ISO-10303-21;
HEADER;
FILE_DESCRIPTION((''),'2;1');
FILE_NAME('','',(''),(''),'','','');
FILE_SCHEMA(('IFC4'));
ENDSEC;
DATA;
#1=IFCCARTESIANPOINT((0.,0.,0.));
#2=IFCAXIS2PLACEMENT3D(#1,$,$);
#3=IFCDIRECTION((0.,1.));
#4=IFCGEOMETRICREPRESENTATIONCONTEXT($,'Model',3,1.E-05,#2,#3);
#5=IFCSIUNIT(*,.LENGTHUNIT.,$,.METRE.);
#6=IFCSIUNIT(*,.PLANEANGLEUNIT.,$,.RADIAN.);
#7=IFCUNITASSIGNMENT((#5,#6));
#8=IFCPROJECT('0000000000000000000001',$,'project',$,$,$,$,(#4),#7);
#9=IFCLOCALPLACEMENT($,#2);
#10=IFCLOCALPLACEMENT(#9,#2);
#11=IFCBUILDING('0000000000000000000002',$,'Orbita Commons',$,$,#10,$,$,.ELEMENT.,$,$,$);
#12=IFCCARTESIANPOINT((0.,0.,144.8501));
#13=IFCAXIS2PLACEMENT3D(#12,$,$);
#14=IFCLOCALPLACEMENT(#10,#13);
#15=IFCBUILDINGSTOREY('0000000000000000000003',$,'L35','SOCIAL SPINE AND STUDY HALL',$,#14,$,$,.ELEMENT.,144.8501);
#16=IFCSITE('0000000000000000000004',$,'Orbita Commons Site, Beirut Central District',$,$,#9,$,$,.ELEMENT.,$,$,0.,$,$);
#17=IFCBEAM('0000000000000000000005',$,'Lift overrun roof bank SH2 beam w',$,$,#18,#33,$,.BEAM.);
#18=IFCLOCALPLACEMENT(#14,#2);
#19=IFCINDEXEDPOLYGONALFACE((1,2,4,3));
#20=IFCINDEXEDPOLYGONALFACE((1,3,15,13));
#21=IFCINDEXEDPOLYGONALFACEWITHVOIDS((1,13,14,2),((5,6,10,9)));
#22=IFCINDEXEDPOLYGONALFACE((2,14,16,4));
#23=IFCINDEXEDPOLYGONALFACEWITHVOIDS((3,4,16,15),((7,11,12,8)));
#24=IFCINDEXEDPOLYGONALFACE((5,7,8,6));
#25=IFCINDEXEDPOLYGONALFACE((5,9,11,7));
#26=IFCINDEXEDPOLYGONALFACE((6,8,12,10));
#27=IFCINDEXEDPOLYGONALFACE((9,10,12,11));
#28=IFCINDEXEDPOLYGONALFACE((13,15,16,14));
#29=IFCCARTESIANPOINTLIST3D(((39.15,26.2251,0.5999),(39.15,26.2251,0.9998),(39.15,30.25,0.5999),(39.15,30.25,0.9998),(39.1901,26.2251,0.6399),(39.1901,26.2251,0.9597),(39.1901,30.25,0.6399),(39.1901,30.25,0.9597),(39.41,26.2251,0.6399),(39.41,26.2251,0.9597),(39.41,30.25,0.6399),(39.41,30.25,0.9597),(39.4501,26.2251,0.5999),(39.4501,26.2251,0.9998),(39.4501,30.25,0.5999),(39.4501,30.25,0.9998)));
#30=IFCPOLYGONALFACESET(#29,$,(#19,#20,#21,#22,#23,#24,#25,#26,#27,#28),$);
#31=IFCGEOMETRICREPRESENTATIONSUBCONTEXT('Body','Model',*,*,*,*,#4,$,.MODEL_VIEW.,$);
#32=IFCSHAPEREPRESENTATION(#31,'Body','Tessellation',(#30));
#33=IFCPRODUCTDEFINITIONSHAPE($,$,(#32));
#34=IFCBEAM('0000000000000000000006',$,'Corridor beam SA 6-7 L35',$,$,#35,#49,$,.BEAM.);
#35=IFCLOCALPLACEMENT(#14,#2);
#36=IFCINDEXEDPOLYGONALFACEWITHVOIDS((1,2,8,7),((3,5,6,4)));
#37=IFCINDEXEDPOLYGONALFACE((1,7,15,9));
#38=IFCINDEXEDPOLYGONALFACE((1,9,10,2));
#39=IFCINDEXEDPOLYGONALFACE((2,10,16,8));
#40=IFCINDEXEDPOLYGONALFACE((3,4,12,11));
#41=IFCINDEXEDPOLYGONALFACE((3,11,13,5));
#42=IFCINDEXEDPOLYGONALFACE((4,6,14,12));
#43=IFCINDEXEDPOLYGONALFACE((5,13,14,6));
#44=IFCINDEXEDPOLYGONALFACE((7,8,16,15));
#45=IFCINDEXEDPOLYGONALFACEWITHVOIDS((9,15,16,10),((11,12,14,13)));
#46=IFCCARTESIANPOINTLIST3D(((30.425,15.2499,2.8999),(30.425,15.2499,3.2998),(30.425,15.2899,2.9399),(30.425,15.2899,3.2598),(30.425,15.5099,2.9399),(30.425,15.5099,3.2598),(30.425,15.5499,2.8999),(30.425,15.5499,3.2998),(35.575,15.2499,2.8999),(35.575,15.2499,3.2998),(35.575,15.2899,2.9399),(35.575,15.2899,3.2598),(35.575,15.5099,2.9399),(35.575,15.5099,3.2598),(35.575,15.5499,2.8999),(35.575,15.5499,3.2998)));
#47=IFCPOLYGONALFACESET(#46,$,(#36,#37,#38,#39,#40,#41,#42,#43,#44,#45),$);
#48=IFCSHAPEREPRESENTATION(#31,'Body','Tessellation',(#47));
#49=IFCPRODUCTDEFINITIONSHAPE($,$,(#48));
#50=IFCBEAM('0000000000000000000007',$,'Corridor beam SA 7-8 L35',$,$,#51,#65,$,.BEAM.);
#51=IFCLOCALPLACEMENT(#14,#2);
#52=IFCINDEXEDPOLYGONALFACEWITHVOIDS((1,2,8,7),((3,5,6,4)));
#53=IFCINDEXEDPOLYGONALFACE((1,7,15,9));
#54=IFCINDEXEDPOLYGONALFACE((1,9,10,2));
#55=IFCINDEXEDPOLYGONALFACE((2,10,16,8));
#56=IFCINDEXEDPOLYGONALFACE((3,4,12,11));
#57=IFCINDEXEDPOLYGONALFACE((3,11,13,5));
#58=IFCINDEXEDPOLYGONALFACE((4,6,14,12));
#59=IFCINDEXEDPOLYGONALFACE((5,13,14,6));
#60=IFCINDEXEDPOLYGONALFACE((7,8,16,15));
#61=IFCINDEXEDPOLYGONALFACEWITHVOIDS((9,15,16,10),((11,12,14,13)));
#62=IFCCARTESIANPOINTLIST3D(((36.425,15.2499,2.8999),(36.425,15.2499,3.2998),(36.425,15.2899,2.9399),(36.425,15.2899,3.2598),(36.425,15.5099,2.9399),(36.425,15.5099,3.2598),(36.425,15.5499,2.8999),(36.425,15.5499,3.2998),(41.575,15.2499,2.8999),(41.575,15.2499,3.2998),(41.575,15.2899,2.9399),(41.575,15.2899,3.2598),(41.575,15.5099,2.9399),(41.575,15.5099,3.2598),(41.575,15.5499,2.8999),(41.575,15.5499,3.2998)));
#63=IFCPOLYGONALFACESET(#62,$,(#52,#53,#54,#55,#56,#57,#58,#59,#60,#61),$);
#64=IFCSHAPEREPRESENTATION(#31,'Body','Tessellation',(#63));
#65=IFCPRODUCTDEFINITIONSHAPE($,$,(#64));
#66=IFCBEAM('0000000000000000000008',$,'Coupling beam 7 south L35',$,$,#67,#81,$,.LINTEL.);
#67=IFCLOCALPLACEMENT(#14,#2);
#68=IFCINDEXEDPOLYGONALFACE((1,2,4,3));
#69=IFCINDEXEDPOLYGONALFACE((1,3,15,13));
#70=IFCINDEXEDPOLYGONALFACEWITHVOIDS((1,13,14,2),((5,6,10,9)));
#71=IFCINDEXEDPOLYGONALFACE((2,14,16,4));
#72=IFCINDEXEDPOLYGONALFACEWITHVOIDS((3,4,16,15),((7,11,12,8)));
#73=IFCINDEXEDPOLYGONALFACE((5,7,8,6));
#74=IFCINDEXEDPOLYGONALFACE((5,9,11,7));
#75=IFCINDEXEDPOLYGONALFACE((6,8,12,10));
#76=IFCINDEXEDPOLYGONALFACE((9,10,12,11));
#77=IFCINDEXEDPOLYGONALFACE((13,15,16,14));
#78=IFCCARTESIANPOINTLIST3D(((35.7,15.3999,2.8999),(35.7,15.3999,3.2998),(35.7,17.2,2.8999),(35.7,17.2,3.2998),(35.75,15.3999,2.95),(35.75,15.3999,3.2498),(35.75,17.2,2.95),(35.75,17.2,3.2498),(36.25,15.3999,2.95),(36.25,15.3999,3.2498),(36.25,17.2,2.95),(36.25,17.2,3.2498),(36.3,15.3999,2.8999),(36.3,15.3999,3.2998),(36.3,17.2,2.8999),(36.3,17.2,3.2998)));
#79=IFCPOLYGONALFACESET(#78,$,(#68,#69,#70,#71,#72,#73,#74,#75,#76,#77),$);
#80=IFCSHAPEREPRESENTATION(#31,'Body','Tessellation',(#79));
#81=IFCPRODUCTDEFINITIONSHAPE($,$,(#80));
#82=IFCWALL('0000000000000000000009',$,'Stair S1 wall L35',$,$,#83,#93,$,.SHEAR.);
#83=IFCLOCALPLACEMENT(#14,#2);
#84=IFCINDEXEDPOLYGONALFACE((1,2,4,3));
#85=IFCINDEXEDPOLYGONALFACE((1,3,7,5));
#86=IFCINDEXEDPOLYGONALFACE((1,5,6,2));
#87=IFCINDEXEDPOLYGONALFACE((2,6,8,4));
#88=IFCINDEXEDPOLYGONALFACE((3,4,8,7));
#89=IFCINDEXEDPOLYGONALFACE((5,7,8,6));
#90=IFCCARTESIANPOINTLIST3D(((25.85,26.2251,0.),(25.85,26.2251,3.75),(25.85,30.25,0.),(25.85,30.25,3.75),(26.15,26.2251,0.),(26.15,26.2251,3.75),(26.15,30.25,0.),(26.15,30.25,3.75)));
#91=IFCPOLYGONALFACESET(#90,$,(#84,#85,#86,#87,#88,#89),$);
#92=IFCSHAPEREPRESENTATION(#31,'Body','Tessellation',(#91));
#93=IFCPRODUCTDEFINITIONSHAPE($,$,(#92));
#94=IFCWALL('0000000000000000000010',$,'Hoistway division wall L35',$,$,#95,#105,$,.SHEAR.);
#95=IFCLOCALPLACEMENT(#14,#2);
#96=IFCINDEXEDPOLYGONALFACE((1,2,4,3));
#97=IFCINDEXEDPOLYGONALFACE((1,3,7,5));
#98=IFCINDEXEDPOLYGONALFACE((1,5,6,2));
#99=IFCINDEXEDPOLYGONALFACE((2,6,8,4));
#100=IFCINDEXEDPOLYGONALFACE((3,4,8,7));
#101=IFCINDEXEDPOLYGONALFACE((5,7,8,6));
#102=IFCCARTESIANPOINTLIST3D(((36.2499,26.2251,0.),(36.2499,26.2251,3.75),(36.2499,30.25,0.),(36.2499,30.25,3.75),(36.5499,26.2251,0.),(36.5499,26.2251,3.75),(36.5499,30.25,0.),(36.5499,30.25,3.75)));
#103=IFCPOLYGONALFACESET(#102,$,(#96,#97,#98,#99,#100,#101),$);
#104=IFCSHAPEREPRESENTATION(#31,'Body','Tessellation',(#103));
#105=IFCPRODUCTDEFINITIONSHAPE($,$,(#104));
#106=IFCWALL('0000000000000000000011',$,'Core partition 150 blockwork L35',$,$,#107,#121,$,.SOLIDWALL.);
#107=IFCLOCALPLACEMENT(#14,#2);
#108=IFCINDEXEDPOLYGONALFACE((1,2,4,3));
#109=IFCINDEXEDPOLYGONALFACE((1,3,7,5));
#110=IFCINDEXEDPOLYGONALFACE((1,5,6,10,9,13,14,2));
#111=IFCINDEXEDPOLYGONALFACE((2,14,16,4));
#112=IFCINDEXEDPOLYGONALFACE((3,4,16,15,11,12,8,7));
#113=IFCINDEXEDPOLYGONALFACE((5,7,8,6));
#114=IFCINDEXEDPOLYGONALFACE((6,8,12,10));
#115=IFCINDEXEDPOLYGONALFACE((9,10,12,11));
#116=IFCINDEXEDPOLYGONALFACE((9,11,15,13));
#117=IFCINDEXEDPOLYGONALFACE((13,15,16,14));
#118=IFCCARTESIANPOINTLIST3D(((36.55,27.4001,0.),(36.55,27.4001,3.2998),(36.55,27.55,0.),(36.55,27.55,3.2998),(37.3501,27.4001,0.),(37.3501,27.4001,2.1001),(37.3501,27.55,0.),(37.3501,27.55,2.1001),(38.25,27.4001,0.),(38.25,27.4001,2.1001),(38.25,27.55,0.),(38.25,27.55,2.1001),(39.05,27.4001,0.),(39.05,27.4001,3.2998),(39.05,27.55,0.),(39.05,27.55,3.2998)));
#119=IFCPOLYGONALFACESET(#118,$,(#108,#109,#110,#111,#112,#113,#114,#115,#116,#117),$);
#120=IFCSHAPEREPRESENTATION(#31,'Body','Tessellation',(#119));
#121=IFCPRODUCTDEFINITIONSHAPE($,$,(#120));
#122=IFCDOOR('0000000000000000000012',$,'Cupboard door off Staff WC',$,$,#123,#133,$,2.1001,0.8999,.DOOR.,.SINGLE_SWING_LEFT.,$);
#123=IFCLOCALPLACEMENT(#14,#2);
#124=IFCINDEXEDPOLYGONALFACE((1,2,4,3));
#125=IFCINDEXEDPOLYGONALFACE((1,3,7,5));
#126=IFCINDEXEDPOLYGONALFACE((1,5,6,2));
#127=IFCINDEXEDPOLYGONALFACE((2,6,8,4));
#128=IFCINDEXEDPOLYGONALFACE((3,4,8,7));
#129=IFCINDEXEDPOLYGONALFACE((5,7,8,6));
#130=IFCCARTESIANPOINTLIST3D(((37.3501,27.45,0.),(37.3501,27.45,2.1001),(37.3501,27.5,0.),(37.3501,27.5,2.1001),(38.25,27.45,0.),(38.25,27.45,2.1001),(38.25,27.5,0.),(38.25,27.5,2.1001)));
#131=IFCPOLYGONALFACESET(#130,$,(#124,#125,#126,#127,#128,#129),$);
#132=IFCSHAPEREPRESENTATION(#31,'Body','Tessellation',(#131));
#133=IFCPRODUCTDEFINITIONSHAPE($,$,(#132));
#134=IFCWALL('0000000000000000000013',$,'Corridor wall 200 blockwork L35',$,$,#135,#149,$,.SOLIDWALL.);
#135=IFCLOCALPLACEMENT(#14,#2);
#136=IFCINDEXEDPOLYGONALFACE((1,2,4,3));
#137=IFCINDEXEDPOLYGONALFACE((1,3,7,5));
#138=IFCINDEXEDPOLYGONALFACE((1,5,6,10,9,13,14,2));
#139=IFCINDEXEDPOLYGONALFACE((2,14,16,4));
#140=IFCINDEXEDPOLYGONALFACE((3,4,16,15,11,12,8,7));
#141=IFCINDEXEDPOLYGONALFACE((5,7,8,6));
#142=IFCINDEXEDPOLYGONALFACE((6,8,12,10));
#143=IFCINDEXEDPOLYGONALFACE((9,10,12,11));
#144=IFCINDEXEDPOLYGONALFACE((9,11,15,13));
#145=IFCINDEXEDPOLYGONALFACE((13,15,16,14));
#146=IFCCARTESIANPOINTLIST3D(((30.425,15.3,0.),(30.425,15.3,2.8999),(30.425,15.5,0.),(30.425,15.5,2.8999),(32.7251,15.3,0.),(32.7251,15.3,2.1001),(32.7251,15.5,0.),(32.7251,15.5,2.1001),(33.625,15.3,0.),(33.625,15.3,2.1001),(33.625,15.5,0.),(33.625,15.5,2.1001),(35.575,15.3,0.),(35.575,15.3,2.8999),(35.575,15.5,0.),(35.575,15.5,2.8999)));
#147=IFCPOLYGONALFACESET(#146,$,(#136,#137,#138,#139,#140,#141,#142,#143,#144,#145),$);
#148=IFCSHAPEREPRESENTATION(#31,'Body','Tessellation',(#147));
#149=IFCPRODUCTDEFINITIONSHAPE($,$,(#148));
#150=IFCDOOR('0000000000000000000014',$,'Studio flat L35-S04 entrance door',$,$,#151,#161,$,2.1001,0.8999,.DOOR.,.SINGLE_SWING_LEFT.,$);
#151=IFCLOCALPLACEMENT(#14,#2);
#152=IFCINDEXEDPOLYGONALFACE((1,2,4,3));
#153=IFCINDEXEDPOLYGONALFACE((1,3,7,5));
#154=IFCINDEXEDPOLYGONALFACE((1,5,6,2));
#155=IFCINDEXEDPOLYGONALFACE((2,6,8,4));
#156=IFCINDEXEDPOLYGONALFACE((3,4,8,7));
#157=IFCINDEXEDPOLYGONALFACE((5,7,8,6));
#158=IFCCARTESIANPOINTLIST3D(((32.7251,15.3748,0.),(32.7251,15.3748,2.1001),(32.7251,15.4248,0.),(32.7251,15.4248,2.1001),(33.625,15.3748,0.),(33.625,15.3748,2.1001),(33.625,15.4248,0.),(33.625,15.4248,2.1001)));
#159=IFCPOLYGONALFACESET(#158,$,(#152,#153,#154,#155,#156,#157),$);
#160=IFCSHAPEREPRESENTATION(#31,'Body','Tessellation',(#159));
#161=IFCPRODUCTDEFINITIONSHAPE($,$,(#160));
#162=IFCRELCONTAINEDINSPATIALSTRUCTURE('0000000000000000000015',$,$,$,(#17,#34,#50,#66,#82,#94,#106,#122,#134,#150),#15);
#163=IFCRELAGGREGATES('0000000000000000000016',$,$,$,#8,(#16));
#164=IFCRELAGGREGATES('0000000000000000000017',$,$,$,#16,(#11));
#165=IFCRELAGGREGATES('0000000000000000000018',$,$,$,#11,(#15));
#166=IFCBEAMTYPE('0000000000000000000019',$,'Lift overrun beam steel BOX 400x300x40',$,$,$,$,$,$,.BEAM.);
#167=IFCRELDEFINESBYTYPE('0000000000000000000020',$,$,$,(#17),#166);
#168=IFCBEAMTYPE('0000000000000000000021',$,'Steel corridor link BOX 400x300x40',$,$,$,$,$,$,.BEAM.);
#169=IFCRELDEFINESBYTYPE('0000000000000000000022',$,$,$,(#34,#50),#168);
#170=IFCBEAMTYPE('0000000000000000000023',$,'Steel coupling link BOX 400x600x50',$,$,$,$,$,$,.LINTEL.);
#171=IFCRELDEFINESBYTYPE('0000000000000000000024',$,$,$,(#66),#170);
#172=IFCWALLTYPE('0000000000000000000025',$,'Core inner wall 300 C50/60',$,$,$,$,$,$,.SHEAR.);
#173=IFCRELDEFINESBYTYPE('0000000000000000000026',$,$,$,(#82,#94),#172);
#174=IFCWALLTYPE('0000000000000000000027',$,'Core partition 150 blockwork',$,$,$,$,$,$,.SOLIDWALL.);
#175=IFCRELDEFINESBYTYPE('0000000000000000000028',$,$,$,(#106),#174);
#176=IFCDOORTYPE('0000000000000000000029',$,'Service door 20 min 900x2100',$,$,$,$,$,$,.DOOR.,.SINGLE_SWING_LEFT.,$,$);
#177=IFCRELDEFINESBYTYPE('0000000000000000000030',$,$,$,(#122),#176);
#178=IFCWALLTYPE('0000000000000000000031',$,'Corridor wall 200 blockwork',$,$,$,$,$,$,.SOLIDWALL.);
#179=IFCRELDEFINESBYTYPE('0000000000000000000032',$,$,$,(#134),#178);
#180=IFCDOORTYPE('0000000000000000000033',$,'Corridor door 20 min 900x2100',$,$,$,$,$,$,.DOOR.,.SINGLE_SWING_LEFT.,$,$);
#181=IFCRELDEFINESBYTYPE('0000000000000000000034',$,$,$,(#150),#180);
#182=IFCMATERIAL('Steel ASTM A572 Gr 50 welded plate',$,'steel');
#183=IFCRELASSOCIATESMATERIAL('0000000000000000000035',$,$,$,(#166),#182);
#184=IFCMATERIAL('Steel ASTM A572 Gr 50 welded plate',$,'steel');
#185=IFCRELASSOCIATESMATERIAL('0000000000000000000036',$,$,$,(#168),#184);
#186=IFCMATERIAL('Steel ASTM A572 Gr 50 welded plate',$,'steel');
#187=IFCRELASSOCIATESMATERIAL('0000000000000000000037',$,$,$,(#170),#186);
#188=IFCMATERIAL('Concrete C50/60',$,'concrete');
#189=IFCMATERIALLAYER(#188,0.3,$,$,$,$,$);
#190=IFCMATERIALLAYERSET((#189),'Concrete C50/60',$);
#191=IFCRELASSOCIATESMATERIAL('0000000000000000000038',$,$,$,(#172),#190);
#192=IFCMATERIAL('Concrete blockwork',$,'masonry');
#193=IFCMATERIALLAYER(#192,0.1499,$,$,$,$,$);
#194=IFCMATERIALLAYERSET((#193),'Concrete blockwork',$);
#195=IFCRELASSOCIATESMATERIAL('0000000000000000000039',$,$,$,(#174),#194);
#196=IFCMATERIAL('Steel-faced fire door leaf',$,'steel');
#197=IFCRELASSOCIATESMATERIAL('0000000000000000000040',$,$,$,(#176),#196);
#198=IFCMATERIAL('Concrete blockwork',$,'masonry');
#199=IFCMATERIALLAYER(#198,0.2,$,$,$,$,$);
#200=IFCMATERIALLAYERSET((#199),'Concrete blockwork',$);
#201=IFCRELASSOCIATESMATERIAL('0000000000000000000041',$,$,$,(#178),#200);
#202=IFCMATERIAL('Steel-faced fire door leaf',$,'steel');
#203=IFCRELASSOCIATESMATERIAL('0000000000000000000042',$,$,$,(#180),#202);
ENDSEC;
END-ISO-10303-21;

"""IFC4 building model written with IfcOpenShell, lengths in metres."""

from ifc_helpers import new_model, si_unit, direction, frame, frame_2d, origin, origin_2d, place, context, subcontext, project, spatial, polyline, rectangle, hollow_rectangle, outline, extrude, material, layer, layer_set, material_profile, profile_set, type_object, element, fill, save


model = new_model("IFC4")

# Units and contexts
model_context = context("Model", 3, precision=1e-05, world=origin(), true_north=direction((0.0, 1.0)))
body_context = subcontext(model_context, "Body", "Model", "MODEL_VIEW")
ifc_project = project(units=[si_unit("LENGTHUNIT", "METRE"), si_unit("PLANEANGLEUNIT", "RADIAN")], contexts=[model_context])

# Site, building, storey
site_placement = place(None, origin())
site = spatial("IfcSite", under=ifc_project, at=site_placement, Name="Orbita Commons Site, Beirut Central District", CompositionType="ELEMENT", RefElevation=0.0)
building_placement = place(site_placement, origin())
building = spatial("IfcBuilding", under=site, at=building_placement, Name="Orbita Commons", CompositionType="ELEMENT")
storey_placement = place(building_placement, frame((0.0, 0.0, 144.8501)))
storey = spatial("IfcBuildingStorey", under=building, at=storey_placement, Name="L35", Description="SOCIAL SPINE AND STUDY HALL", CompositionType="ELEMENT", Elevation=144.8501)

# Beams
ifc_material_1 = material(Name="Steel ASTM A572 Gr 50 welded plate", Category="steel")
ifc_material_profile_1 = material_profile(ifc_material_1, hollow_rectangle(XDim=0.3, YDim=0.3999, WallThickness=0.04, at=origin_2d()), Name="BOX 400x300x40")
ifc_profile_set_1 = profile_set([ifc_material_profile_1], Name="Steel ASTM A572 Gr 50 welded plate")
beam_type_1 = type_object("IfcBeamType", Name="Lift overrun beam steel BOX 400x300x40", PredefinedType="BEAM", material=ifc_profile_set_1)
beam_1_placement = place(storey_placement, frame((39.3, 26.2251, 0.7998), z_axis=(0.0, 1.0, 0.0), x_axis=(-1.0, 0.0, 0.0)))
element("IfcBeam", 1, at=beam_1_placement, inside=storey, type_object=beam_type_1, Name="Lift overrun roof bank SH2 beam w", PredefinedType="BEAM", context=body_context, shape_type="SweptSolid", body=[
    extrude(hollow_rectangle(XDim=0.3, YDim=0.3999, WallThickness=0.04, at=origin_2d()), origin(), (0.0, 0.0, 1.0), 4.0249),
])
ifc_material_2 = material(Name="Steel ASTM A572 Gr 50 welded plate", Category="steel")
ifc_material_profile_2 = material_profile(ifc_material_2, hollow_rectangle(XDim=0.3, YDim=0.3999, WallThickness=0.04, at=origin_2d()), Name="BOX 400x300x40")
ifc_profile_set_2 = profile_set([ifc_material_profile_2], Name="Steel ASTM A572 Gr 50 welded plate")
beam_type_2 = type_object("IfcBeamType", Name="Steel corridor link BOX 400x300x40", PredefinedType="BEAM", material=ifc_profile_set_2)
for number, where, z_axis, x_axis, name in (
    (2, (30.425, 15.3999, 3.0999), (1.0, 0.0, 0.0), (0.0, 1.0, 0.0), "Corridor beam SA 6-7 L35"),
    (3, (36.425, 15.3999, 3.0999), (1.0, 0.0, 0.0), (0.0, 1.0, 0.0), "Corridor beam SA 7-8 L35"),
):
    element("IfcBeam", number, at=place(storey_placement, frame(where, z_axis=z_axis, x_axis=x_axis)), inside=storey, type_object=beam_type_2, Name=name, PredefinedType="BEAM", context=body_context, shape_type="SweptSolid", body=[
        extrude(hollow_rectangle(XDim=0.3, YDim=0.3999, WallThickness=0.04, at=origin_2d()), origin(), (0.0, 0.0, 1.0), 5.1499),
    ])
ifc_material_3 = material(Name="Steel ASTM A572 Gr 50 welded plate", Category="steel")
ifc_material_profile_3 = material_profile(ifc_material_3, hollow_rectangle(XDim=0.6001, YDim=0.3999, WallThickness=0.05, at=origin_2d()), Name="BOX 400x600x50")
ifc_profile_set_3 = profile_set([ifc_material_profile_3], Name="Steel ASTM A572 Gr 50 welded plate")
beam_type_3 = type_object("IfcBeamType", Name="Steel coupling link BOX 400x600x50", PredefinedType="LINTEL", material=ifc_profile_set_3)
beam_2_placement = place(storey_placement, frame((36.0, 15.3999, 3.0999), z_axis=(0.0, 1.0, 0.0), x_axis=(-1.0, 0.0, 0.0)))
element("IfcBeam", 4, at=beam_2_placement, inside=storey, type_object=beam_type_3, Name="Coupling beam 7 south L35", PredefinedType="LINTEL", context=body_context, shape_type="SweptSolid", body=[
    extrude(hollow_rectangle(XDim=0.6001, YDim=0.3999, WallThickness=0.05, at=origin_2d()), origin(), (0.0, 0.0, 1.0), 1.8),
])

# Walls
ifc_material_4 = material(Name="Concrete C50/60", Category="concrete")
ifc_layer_1 = layer(ifc_material_4, 0.3)
ifc_layer_set_1 = layer_set([ifc_layer_1], Name="Concrete C50/60")
wall_type_1 = type_object("IfcWallType", Name="Core inner wall 300 C50/60", PredefinedType="SHEAR", material=ifc_layer_set_1)
for number, where, z_axis, x_axis, name in (
    (5, (26.0, 26.2251, 0.0), (0.0, 0.0, 1.0), (0.0, 1.0, 0.0), "Stair S1 wall L35"),
    (6, (36.3999, 26.2251, 0.0), (0.0, 0.0, 1.0), (0.0, 1.0, 0.0), "Hoistway division wall L35"),
):
    element("IfcWall", number, at=place(storey_placement, frame(where, z_axis=z_axis, x_axis=x_axis)), inside=storey, type_object=wall_type_1, Name=name, PredefinedType="SHEAR", context=body_context, shape_type="SweptSolid", body=[
        extrude(rectangle(XDim=4.0249, YDim=0.3, at=frame_2d((2.0125, 0.0))), origin(), (0.0, 0.0, 1.0), 3.75),
    ])

# Walls, openings, doors
ifc_material_5 = material(Name="Concrete blockwork", Category="masonry")
ifc_layer_2 = layer(ifc_material_5, 0.1499)
ifc_layer_set_2 = layer_set([ifc_layer_2], Name="Concrete blockwork")
wall_type_2 = type_object("IfcWallType", Name="Core partition 150 blockwork", PredefinedType="SOLIDWALL", material=ifc_layer_set_2)
wall_1_placement = place(storey_placement, frame((36.55, 27.4751, 0.0), z_axis=(0.0, 0.0, 1.0), x_axis=(1.0, 0.0, 0.0)))
wall_1 = element("IfcWall", 7, at=wall_1_placement, inside=storey, type_object=wall_type_2, Name="Core partition 150 blockwork L35", PredefinedType="SOLIDWALL", context=body_context, shape_type="SweptSolid", body=[
    extrude(rectangle(XDim=2.5, YDim=0.1499, at=frame_2d((1.25, 0.0))), origin(), (0.0, 0.0, 1.0), 3.2998),
])
opening_1_placement = place(wall_1_placement, frame((0.8, 0.0, 0.0)))
opening_1 = element("IfcOpeningElement", 8, at=opening_1_placement, cuts=wall_1, PredefinedType="OPENING", context=body_context, shape_type="SweptSolid", body=[
    extrude(rectangle(XDim=0.8999, YDim=2.1001, at=frame_2d((0.45, 1.05))), frame((0.0, 0.085, 0.0), z_axis=(0.0, -1.0, 0.0), x_axis=(1.0, 0.0, 0.0)), (0.0, 0.0, 1.0), 0.1699),
])
ifc_material_6 = material(Name="Steel-faced fire door leaf", Category="steel")
door_type_1 = type_object("IfcDoorType", Name="Service door 20 min 900x2100", OperationType="SINGLE_SWING_LEFT", PredefinedType="DOOR", material=ifc_material_6)
door_1_placement = place(opening_1_placement, origin())
door_1 = element("IfcDoor", 9, at=door_1_placement, inside=storey, type_object=door_type_1, Name="Cupboard door off Staff WC", OperationType="SINGLE_SWING_LEFT", OverallHeight=2.1001, OverallWidth=0.8999, PredefinedType="DOOR", context=body_context, shape_type="SweptSolid", body=[
    extrude(rectangle(XDim=0.8999, YDim=2.1001, at=frame_2d((0.45, 1.05))), frame((0.0, 0.0249, 0.0), z_axis=(0.0, -1.0, 0.0), x_axis=(1.0, 0.0, 0.0)), (0.0, 0.0, 1.0), 0.05),
])
fill(opening_1, door_1)
ifc_material_7 = material(Name="Concrete blockwork", Category="masonry")
ifc_layer_3 = layer(ifc_material_7, 0.2)
ifc_layer_set_3 = layer_set([ifc_layer_3], Name="Concrete blockwork")
wall_type_3 = type_object("IfcWallType", Name="Corridor wall 200 blockwork", PredefinedType="SOLIDWALL", material=ifc_layer_set_3)
wall_2_placement = place(storey_placement, frame((30.425, 15.3999, 0.0), z_axis=(0.0, 0.0, 1.0), x_axis=(1.0, 0.0, 0.0)))
wall_2 = element("IfcWall", 10, at=wall_2_placement, inside=storey, type_object=wall_type_3, Name="Corridor wall 200 blockwork L35", PredefinedType="SOLIDWALL", context=body_context, shape_type="SweptSolid", body=[
    extrude(outline(polyline([(0.0, 0.0), (5.1499, 0.0), (5.1499, 2.8999), (0.0, 2.8999), (0.0, 0.0)])), frame((0.0, 0.1001, 0.0), z_axis=(0.0, -1.0, 0.0), x_axis=(1.0, 0.0, 0.0)), (0.0, 0.0, 1.0), 0.2),
])
opening_2_placement = place(wall_2_placement, frame((2.3, 0.0, 0.0)))
opening_2 = element("IfcOpeningElement", 11, at=opening_2_placement, cuts=wall_2, PredefinedType="OPENING", context=body_context, shape_type="SweptSolid", body=[
    extrude(rectangle(XDim=0.8999, YDim=2.1001, at=frame_2d((0.45, 1.05))), frame((0.0, 0.1099, 0.0), z_axis=(0.0, -1.0, 0.0), x_axis=(1.0, 0.0, 0.0)), (0.0, 0.0, 1.0), 0.22),
])
ifc_material_8 = material(Name="Steel-faced fire door leaf", Category="steel")
door_type_2 = type_object("IfcDoorType", Name="Corridor door 20 min 900x2100", OperationType="SINGLE_SWING_LEFT", PredefinedType="DOOR", material=ifc_material_8)
door_2_placement = place(opening_2_placement, origin())
door_2 = element("IfcDoor", 12, at=door_2_placement, inside=storey, type_object=door_type_2, Name="Studio flat L35-S04 entrance door", OperationType="SINGLE_SWING_LEFT", OverallHeight=2.1001, OverallWidth=0.8999, PredefinedType="DOOR", context=body_context, shape_type="SweptSolid", body=[
    extrude(rectangle(XDim=0.8999, YDim=2.1001, at=frame_2d((0.45, 1.05))), frame((0.0, 0.0249, 0.0), z_axis=(0.0, -1.0, 0.0), x_axis=(1.0, 0.0, 0.0)), (0.0, 0.0, 1.0), 0.05),
])
fill(opening_2, door_2)

save(model, "model.ifc")
